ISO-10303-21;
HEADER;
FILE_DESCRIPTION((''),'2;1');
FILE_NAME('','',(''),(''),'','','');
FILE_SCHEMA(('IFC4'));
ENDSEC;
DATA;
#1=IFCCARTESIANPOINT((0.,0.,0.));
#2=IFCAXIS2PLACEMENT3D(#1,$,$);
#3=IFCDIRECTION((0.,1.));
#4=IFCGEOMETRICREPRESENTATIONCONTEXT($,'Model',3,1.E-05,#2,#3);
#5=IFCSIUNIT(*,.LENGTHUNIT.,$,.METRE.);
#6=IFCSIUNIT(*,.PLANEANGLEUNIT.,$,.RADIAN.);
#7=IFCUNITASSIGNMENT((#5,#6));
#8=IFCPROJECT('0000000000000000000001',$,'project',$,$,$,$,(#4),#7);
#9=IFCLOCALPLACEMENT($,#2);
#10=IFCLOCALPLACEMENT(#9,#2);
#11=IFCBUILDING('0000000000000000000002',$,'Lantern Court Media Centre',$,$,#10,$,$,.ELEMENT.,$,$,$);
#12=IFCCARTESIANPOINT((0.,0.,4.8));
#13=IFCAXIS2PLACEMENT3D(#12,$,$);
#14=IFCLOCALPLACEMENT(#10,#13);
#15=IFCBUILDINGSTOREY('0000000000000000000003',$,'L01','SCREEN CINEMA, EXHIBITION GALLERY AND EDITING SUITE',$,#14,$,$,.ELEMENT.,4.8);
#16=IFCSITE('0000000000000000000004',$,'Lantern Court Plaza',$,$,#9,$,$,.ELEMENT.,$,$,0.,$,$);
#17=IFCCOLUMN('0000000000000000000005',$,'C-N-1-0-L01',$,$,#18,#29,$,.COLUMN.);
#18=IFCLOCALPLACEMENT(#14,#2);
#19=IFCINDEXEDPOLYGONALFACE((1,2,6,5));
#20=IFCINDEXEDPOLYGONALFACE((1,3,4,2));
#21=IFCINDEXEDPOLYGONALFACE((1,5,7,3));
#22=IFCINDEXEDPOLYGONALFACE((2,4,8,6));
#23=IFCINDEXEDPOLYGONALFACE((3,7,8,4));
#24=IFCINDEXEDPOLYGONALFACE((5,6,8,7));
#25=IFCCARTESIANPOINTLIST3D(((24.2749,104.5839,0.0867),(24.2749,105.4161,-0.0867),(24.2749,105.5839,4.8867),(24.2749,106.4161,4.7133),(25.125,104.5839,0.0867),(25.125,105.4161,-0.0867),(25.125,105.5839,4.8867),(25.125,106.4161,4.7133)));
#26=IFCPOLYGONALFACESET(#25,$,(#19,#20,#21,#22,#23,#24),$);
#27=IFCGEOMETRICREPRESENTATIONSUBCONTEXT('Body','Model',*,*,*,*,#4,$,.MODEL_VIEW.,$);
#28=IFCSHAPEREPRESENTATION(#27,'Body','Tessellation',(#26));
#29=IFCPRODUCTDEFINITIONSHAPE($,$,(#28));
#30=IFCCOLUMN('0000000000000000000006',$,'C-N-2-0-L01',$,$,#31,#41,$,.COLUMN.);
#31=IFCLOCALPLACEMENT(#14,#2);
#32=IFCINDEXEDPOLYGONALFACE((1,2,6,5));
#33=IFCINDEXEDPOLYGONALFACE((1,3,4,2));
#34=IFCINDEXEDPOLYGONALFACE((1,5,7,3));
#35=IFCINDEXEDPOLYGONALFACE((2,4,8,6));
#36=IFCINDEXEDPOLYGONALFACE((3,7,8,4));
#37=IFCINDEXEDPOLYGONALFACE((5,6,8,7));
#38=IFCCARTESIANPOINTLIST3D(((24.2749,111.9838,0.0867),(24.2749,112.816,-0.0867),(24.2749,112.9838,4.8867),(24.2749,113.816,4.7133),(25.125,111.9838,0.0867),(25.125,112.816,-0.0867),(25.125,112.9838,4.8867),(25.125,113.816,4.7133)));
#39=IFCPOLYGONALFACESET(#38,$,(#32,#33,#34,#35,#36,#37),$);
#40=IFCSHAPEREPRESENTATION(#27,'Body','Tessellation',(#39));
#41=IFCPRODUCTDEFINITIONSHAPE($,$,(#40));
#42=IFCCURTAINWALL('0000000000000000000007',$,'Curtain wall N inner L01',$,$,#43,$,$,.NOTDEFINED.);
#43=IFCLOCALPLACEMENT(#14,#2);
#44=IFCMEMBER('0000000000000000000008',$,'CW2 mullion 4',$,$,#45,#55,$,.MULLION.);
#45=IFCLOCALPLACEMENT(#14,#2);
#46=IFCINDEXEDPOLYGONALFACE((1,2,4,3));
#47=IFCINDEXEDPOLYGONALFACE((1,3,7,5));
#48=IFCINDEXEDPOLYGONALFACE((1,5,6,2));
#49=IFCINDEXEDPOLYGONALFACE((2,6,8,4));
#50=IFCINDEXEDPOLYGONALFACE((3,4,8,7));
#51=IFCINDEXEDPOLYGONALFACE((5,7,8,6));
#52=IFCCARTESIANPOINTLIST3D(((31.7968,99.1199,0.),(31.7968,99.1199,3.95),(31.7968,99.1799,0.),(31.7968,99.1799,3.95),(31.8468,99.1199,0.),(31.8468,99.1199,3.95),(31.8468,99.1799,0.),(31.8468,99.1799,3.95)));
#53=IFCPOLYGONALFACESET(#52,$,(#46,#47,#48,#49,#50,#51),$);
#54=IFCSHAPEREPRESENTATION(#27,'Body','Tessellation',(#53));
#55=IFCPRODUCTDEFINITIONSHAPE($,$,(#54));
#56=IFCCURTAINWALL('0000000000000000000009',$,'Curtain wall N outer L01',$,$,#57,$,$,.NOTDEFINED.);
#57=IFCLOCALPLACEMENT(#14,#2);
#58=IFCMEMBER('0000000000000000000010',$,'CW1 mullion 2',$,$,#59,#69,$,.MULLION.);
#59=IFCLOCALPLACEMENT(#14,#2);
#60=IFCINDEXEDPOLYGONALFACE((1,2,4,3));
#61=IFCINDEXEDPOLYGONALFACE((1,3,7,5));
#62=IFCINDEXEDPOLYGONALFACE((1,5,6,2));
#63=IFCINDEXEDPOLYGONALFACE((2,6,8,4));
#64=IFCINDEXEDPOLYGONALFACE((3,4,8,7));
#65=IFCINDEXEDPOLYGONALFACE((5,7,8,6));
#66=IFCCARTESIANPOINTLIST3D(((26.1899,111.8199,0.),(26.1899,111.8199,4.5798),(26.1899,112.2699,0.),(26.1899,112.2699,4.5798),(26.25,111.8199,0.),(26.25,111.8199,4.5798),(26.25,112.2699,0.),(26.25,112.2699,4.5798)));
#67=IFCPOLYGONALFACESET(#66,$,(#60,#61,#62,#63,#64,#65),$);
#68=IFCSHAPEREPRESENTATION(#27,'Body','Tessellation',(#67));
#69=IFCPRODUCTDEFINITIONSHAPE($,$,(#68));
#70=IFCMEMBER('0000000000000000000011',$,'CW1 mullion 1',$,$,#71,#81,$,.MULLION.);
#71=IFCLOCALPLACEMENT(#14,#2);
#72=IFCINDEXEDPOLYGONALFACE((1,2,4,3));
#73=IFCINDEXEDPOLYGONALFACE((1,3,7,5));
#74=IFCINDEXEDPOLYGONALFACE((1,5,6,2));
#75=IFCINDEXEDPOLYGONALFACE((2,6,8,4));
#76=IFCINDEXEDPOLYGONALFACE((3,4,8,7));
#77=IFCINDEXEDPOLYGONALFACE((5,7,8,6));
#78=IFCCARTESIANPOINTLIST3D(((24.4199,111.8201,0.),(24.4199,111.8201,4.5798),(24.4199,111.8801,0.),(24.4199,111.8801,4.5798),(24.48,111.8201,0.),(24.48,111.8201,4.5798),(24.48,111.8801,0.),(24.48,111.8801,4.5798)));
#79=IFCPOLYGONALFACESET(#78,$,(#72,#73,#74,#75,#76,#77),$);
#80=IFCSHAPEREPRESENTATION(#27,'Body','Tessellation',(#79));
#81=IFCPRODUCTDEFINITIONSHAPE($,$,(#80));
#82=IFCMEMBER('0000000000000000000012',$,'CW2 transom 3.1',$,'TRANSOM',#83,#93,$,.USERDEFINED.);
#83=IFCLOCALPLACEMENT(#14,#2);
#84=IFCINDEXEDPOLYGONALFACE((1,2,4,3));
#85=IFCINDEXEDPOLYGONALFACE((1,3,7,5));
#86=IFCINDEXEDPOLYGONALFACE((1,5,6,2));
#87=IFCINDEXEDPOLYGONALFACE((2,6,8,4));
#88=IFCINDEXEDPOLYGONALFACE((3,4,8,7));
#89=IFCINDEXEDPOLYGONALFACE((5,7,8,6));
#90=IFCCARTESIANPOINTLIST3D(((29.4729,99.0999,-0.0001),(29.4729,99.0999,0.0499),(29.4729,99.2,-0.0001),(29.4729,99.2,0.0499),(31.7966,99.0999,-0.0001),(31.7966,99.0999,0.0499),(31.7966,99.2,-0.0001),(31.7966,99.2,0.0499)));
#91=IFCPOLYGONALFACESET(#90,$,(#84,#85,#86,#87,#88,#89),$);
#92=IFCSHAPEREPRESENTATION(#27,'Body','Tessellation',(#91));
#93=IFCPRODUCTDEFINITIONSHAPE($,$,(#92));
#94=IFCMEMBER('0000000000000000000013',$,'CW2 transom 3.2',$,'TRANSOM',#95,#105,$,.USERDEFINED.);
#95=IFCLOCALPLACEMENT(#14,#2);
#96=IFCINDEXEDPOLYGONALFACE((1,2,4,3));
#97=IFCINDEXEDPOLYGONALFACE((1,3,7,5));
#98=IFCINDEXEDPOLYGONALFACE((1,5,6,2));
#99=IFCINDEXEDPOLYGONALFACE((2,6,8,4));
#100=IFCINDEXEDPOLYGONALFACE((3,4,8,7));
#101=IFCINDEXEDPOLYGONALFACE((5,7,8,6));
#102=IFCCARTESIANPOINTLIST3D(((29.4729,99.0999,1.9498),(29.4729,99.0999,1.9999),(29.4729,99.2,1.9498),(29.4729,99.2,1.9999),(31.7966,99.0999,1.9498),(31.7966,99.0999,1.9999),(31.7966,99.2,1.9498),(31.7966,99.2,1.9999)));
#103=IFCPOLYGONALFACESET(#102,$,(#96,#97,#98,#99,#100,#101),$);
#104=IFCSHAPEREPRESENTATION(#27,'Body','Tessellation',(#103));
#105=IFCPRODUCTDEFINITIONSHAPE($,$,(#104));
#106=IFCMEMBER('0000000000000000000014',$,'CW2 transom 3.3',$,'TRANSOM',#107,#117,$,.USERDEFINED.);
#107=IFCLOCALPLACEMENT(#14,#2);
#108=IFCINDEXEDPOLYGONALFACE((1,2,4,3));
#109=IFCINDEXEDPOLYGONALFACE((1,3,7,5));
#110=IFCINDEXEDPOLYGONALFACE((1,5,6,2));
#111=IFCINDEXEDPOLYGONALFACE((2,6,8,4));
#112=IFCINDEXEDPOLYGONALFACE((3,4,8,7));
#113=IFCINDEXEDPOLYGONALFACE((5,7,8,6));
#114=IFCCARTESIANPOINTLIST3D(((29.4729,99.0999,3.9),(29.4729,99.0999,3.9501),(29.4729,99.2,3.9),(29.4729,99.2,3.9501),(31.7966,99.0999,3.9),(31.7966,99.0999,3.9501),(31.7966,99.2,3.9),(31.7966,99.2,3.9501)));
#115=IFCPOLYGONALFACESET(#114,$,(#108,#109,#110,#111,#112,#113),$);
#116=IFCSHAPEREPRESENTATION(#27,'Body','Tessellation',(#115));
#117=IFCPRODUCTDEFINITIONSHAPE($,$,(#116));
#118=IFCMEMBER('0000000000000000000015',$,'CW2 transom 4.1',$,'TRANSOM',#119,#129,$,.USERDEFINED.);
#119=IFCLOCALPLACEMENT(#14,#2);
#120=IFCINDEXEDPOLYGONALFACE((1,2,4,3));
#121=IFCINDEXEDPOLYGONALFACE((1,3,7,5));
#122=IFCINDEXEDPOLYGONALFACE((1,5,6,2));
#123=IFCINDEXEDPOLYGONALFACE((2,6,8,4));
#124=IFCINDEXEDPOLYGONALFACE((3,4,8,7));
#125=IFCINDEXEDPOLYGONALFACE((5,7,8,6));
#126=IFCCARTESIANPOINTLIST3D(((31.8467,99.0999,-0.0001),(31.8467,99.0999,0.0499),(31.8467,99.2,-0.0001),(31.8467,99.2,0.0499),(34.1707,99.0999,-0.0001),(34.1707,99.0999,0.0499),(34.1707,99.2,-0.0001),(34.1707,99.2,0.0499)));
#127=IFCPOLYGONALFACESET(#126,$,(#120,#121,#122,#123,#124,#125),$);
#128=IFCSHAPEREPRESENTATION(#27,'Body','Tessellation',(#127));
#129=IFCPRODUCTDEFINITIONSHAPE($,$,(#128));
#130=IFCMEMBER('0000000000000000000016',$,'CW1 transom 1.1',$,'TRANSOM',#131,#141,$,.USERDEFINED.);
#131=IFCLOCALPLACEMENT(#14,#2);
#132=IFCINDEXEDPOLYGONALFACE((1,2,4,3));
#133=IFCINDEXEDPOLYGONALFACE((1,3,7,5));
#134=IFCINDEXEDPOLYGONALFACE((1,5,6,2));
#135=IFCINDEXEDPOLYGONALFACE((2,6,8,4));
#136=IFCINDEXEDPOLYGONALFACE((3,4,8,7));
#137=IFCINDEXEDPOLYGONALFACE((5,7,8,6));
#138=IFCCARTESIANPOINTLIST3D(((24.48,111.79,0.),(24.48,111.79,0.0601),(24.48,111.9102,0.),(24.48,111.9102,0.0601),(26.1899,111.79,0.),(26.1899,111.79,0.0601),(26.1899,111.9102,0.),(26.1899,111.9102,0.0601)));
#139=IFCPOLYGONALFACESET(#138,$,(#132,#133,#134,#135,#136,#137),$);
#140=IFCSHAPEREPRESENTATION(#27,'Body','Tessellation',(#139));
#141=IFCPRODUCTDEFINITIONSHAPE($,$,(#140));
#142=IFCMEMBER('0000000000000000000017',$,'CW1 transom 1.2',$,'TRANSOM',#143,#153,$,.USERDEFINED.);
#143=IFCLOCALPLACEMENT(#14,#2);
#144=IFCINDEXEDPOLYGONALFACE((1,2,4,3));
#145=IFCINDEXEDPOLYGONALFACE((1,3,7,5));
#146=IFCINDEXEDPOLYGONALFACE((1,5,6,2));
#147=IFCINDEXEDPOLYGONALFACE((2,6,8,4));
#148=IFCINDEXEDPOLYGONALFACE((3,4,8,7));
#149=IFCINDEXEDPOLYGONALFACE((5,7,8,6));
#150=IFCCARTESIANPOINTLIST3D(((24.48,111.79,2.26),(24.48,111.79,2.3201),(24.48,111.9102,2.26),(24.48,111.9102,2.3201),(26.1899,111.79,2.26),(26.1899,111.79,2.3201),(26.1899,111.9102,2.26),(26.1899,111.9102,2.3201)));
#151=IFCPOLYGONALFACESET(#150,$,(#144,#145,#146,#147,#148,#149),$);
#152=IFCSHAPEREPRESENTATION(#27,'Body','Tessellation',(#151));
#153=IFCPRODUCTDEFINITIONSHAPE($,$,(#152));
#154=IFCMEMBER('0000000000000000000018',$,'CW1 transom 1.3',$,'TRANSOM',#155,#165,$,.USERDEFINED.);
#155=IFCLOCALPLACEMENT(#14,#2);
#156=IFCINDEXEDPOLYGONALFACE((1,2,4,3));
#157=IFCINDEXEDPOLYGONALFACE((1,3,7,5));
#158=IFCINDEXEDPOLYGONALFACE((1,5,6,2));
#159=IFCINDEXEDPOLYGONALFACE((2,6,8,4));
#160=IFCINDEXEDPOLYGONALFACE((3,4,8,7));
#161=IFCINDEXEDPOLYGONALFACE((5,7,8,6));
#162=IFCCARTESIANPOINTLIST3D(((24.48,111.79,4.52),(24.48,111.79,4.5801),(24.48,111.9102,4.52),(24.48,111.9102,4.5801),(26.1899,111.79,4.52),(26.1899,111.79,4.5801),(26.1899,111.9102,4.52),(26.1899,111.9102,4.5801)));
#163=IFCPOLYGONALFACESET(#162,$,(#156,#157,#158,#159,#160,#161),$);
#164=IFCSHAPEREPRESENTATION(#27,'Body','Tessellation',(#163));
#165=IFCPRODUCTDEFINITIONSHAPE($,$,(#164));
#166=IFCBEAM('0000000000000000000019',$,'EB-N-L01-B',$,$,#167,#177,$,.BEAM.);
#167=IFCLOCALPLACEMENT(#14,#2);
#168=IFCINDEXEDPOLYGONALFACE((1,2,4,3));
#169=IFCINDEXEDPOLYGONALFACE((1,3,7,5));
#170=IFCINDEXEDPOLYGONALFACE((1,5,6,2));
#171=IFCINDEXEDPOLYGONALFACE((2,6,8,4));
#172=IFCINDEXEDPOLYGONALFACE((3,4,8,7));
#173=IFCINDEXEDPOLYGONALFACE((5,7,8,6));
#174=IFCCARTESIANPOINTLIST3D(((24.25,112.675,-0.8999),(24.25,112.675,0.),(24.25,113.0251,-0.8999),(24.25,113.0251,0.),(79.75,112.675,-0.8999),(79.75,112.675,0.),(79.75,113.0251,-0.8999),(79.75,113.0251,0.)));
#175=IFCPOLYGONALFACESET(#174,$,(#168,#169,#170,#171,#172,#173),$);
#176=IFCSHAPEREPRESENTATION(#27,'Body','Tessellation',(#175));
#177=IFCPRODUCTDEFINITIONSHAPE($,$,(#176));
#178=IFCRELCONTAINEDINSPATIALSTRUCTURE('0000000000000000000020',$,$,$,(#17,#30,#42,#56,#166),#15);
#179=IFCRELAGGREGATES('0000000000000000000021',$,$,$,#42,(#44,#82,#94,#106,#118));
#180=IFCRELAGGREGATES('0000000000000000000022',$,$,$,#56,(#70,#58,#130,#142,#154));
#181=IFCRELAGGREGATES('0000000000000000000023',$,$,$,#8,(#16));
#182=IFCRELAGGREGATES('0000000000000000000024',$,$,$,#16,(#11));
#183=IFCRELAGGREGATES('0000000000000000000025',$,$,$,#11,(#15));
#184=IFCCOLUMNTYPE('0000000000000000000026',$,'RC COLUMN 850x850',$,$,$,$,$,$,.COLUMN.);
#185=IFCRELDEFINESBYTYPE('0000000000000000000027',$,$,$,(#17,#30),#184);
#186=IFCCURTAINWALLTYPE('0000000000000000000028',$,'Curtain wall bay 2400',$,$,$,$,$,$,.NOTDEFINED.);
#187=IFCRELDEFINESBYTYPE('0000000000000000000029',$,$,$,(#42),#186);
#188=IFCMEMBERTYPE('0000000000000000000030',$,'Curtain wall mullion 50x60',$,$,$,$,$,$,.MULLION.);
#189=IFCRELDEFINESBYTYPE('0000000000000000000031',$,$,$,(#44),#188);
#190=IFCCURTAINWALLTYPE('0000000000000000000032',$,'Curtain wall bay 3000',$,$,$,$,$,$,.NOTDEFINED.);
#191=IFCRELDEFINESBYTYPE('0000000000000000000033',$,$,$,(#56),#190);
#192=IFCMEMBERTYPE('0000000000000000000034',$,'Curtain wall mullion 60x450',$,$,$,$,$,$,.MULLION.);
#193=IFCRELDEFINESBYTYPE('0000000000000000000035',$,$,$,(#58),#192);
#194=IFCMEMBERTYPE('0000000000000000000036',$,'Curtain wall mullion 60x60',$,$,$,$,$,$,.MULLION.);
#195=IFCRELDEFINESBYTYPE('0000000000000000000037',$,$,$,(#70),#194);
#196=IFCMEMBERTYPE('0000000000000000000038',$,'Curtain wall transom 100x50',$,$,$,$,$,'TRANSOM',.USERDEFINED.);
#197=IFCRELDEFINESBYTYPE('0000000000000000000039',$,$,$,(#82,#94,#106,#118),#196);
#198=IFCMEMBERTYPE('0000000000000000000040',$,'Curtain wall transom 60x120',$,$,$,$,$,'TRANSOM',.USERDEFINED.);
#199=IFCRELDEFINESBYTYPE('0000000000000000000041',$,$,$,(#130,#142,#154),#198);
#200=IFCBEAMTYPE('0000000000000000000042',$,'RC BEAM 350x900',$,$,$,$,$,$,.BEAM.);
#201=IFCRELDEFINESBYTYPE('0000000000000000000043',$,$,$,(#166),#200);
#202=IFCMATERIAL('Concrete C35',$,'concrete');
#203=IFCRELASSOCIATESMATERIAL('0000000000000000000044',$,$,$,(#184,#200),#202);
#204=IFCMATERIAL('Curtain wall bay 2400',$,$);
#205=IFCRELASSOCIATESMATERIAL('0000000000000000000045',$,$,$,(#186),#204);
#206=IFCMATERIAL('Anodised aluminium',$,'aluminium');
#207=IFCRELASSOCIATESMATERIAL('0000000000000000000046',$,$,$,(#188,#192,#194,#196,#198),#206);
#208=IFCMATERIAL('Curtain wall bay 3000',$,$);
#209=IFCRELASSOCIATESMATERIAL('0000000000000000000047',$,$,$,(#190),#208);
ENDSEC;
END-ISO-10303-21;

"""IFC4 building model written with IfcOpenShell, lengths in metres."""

from ifc_helpers import new_model, si_unit, direction, frame, origin, origin_2d, place, context, subcontext, project, spatial, rectangle, extrude, material, material_profile, profile_set, type_object, element, aggregate, save


model = new_model("IFC4")

# Units and contexts
model_context = context("Model", 3, precision=1e-05, world=origin(), true_north=direction((0.0, 1.0)))
body_context = subcontext(model_context, "Body", "Model", "MODEL_VIEW")
ifc_project = project(units=[si_unit("LENGTHUNIT", "METRE"), si_unit("PLANEANGLEUNIT", "RADIAN")], contexts=[model_context])

# Site, building, storey
site_placement = place(None, origin())
site = spatial("IfcSite", under=ifc_project, at=site_placement, Name="Lantern Court Plaza", CompositionType="ELEMENT", RefElevation=0.0)
building_placement = place(site_placement, origin())
building = spatial("IfcBuilding", under=site, at=building_placement, Name="Lantern Court Media Centre", CompositionType="ELEMENT")
storey_placement = place(building_placement, frame((0.0, 0.0, 4.8)))
storey = spatial("IfcBuildingStorey", under=building, at=storey_placement, Name="L01", Description="SCREEN CINEMA, EXHIBITION GALLERY AND EDITING SUITE", CompositionType="ELEMENT", Elevation=4.8)

# Columns
ifc_material_1 = material(Name="Concrete C35", Category="concrete")
ifc_material_profile_1 = material_profile(ifc_material_1, rectangle(XDim=0.8501, YDim=0.8501, at=origin_2d()), Name="RC 850x850")
ifc_profile_set_1 = profile_set([ifc_material_profile_1], Name="Concrete C35")
column_type = type_object("IfcColumnType", Name="RC COLUMN 850x850", PredefinedType="COLUMN", material=ifc_profile_set_1)
for number, where, z_axis, x_axis, name in (
    (1, (24.7, 105.0, 0.0), (0.0, 0.203952, 0.978981), (-1.0, 0.0, 0.0), "C-N-1-0-L01"),
    (2, (24.7, 112.3999, 0.0), (0.0, 0.203952, 0.978981), (-1.0, 0.0, 0.0), "C-N-2-0-L01"),
):
    element("IfcColumn", number, at=place(storey_placement, frame(where, z_axis=z_axis, x_axis=x_axis)), inside=storey, type_object=column_type, Name=name, PredefinedType="COLUMN", context=body_context, shape_type="SweptSolid", body=[
        extrude(rectangle(XDim=0.8501, YDim=0.8501, at=origin_2d()), origin(), (0.0, 0.0, 1.0), 4.9031),
    ])

# Curtain wall, member
ifc_material_2 = material(Name="Curtain wall bay 2400")
curtain_wall_type_1 = type_object("IfcCurtainWallType", Name="Curtain wall bay 2400", PredefinedType="NOTDEFINED", material=ifc_material_2)
curtain_wall_1_placement = place(storey_placement, origin())
curtain_wall_1 = element("IfcCurtainWall", 3, at=curtain_wall_1_placement, inside=storey, type_object=curtain_wall_type_1, Name="Curtain wall N inner L01", PredefinedType="NOTDEFINED")
ifc_material_3 = material(Name="Anodised aluminium", Category="aluminium")
ifc_material_profile_2 = material_profile(ifc_material_3, rectangle(XDim=0.0601, YDim=0.05, at=origin_2d()), Name="AL 50x60")
ifc_profile_set_2 = profile_set([ifc_material_profile_2], Name="Anodised aluminium")
member_type_1 = type_object("IfcMemberType", Name="Curtain wall mullion 50x60", PredefinedType="MULLION", material=ifc_profile_set_2)
member_1_placement = place(storey_placement, frame((31.8218, 99.1499, 0.0), z_axis=(0.0, 0.0, 1.0), x_axis=(0.0, 1.0, 0.0)))
member_1 = element("IfcMember", 4, at=member_1_placement, type_object=member_type_1, Name="CW2 mullion 4", PredefinedType="MULLION", context=body_context, shape_type="SweptSolid", body=[
    extrude(rectangle(XDim=0.0601, YDim=0.05, at=origin_2d()), origin(), (0.0, 0.0, 1.0), 3.95),
])

# Curtain wall, members
ifc_material_4 = material(Name="Curtain wall bay 3000")
curtain_wall_type_2 = type_object("IfcCurtainWallType", Name="Curtain wall bay 3000", PredefinedType="NOTDEFINED", material=ifc_material_4)
curtain_wall_2_placement = place(storey_placement, origin())
curtain_wall_2 = element("IfcCurtainWall", 5, at=curtain_wall_2_placement, inside=storey, type_object=curtain_wall_type_2, Name="Curtain wall N outer L01", PredefinedType="NOTDEFINED")
ifc_material_profile_3 = material_profile(ifc_material_3, rectangle(XDim=0.45, YDim=0.0601, at=origin_2d()), Name="AL 60x450")
ifc_profile_set_3 = profile_set([ifc_material_profile_3], Name="Anodised aluminium")
member_type_2 = type_object("IfcMemberType", Name="Curtain wall mullion 60x450", PredefinedType="MULLION", material=ifc_profile_set_3)
member_2_placement = place(storey_placement, frame((26.22, 112.0449, 0.0), z_axis=(0.0, 0.0, 1.0), x_axis=(0.0, 1.0, 0.0)))
member_2 = element("IfcMember", 6, at=member_2_placement, type_object=member_type_2, Name="CW1 mullion 2", PredefinedType="MULLION", context=body_context, shape_type="SweptSolid", body=[
    extrude(rectangle(XDim=0.45, YDim=0.0601, at=origin_2d()), origin(), (0.0, 0.0, 1.0), 4.5798),
])
ifc_material_profile_4 = material_profile(ifc_material_3, rectangle(XDim=0.0601, YDim=0.0601, at=origin_2d()), Name="AL 60x60")
ifc_profile_set_4 = profile_set([ifc_material_profile_4], Name="Anodised aluminium")
member_type_3 = type_object("IfcMemberType", Name="Curtain wall mullion 60x60", PredefinedType="MULLION", material=ifc_profile_set_4)
member_3_placement = place(storey_placement, frame((24.45, 111.8501, 0.0), z_axis=(0.0, 0.0, 1.0), x_axis=(0.0, 1.0, 0.0)))
member_3 = element("IfcMember", 7, at=member_3_placement, type_object=member_type_3, Name="CW1 mullion 1", PredefinedType="MULLION", context=body_context, shape_type="SweptSolid", body=[
    extrude(rectangle(XDim=0.0601, YDim=0.0601, at=origin_2d()), origin(), (0.0, 0.0, 1.0), 4.5798),
])

# Members
ifc_material_profile_5 = material_profile(ifc_material_3, rectangle(XDim=0.1001, YDim=0.05, at=origin_2d()), Name="AL 50x100")
ifc_profile_set_5 = profile_set([ifc_material_profile_5], Name="Anodised aluminium")
member_type_4 = type_object("IfcMemberType", Name="Curtain wall transom 100x50", ElementType="TRANSOM", PredefinedType="USERDEFINED", material=ifc_profile_set_5)
member_4_placement = place(storey_placement, frame((29.4729, 99.1499, 0.0249), z_axis=(1.0, 0.0, 0.0), x_axis=(0.0, 1.0, 0.0)))
member_4 = element("IfcMember", 8, at=member_4_placement, type_object=member_type_4, Name="CW2 transom 3.1", ObjectType="TRANSOM", PredefinedType="USERDEFINED", context=body_context, shape_type="SweptSolid", body=[
    extrude(rectangle(XDim=0.1001, YDim=0.05, at=origin_2d()), origin(), (0.0, 0.0, 1.0), 2.3237),
])
member_5_placement = place(storey_placement, frame((29.4729, 99.1499, 1.9749), z_axis=(1.0, 0.0, 0.0), x_axis=(0.0, 1.0, 0.0)))
member_5 = element("IfcMember", 9, at=member_5_placement, type_object=member_type_4, Name="CW2 transom 3.2", ObjectType="TRANSOM", PredefinedType="USERDEFINED", context=body_context, shape_type="SweptSolid", body=[
    extrude(rectangle(XDim=0.1001, YDim=0.05, at=origin_2d()), origin(), (0.0, 0.0, 1.0), 2.3237),
])
member_6_placement = place(storey_placement, frame((29.4729, 99.1499, 3.925), z_axis=(1.0, 0.0, 0.0), x_axis=(0.0, 1.0, 0.0)))
member_6 = element("IfcMember", 10, at=member_6_placement, type_object=member_type_4, Name="CW2 transom 3.3", ObjectType="TRANSOM", PredefinedType="USERDEFINED", context=body_context, shape_type="SweptSolid", body=[
    extrude(rectangle(XDim=0.1001, YDim=0.05, at=origin_2d()), origin(), (0.0, 0.0, 1.0), 2.3237),
])
member_7_placement = place(storey_placement, frame((31.8467, 99.1499, 0.0249), z_axis=(1.0, 0.0, 0.0), x_axis=(0.0, 1.0, 0.0)))
member_7 = element("IfcMember", 11, at=member_7_placement, type_object=member_type_4, Name="CW2 transom 4.1", ObjectType="TRANSOM", PredefinedType="USERDEFINED", context=body_context, shape_type="SweptSolid", body=[
    extrude(rectangle(XDim=0.1001, YDim=0.05, at=origin_2d()), origin(), (0.0, 0.0, 1.0), 2.324),
])
ifc_material_profile_6 = material_profile(ifc_material_3, rectangle(XDim=0.1201, YDim=0.0601, at=origin_2d()), Name="AL 60x120")
ifc_profile_set_6 = profile_set([ifc_material_profile_6], Name="Anodised aluminium")
member_type_5 = type_object("IfcMemberType", Name="Curtain wall transom 60x120", ElementType="TRANSOM", PredefinedType="USERDEFINED", material=ifc_profile_set_6)
member_8_placement = place(storey_placement, frame((24.48, 111.8501, 0.03), z_axis=(1.0, 0.0, 0.0), x_axis=(0.0, 1.0, 0.0)))
member_8 = element("IfcMember", 12, at=member_8_placement, type_object=member_type_5, Name="CW1 transom 1.1", ObjectType="TRANSOM", PredefinedType="USERDEFINED", context=body_context, shape_type="SweptSolid", body=[
    extrude(rectangle(XDim=0.1201, YDim=0.0601, at=origin_2d()), origin(), (0.0, 0.0, 1.0), 1.71),
])
member_9_placement = place(storey_placement, frame((24.48, 111.8501, 2.29), z_axis=(1.0, 0.0, 0.0), x_axis=(0.0, 1.0, 0.0)))
member_9 = element("IfcMember", 13, at=member_9_placement, type_object=member_type_5, Name="CW1 transom 1.2", ObjectType="TRANSOM", PredefinedType="USERDEFINED", context=body_context, shape_type="SweptSolid", body=[
    extrude(rectangle(XDim=0.1201, YDim=0.0601, at=origin_2d()), origin(), (0.0, 0.0, 1.0), 1.71),
])
member_10_placement = place(storey_placement, frame((24.48, 111.8501, 4.55), z_axis=(1.0, 0.0, 0.0), x_axis=(0.0, 1.0, 0.0)))
member_10 = element("IfcMember", 14, at=member_10_placement, type_object=member_type_5, Name="CW1 transom 1.3", ObjectType="TRANSOM", PredefinedType="USERDEFINED", context=body_context, shape_type="SweptSolid", body=[
    extrude(rectangle(XDim=0.1201, YDim=0.0601, at=origin_2d()), origin(), (0.0, 0.0, 1.0), 1.71),
])

# Beam
ifc_material_profile_7 = material_profile(ifc_material_1, rectangle(XDim=0.3501, YDim=0.8999, at=origin_2d()), Name="RC 350x900")
ifc_profile_set_7 = profile_set([ifc_material_profile_7], Name="Concrete C35")
beam_type_1 = type_object("IfcBeamType", Name="RC BEAM 350x900", PredefinedType="BEAM", material=ifc_profile_set_7)
beam_1_placement = place(storey_placement, frame((24.25, 112.8501, -0.45), z_axis=(1.0, 0.0, 0.0), x_axis=(0.0, 1.0, 0.0)))
element("IfcBeam", 15, at=beam_1_placement, inside=storey, type_object=beam_type_1, Name="EB-N-L01-B", PredefinedType="BEAM", context=body_context, shape_type="SweptSolid", body=[
    extrude(rectangle(XDim=0.3501, YDim=0.8999, at=origin_2d()), origin(), (0.0, 0.0, 1.0), 55.5),
])

aggregate(curtain_wall_1, [member_1, member_4, member_5, member_6, member_7])
aggregate(curtain_wall_2, [member_3, member_2, member_8, member_9, member_10])

save(model, "model.ifc")
